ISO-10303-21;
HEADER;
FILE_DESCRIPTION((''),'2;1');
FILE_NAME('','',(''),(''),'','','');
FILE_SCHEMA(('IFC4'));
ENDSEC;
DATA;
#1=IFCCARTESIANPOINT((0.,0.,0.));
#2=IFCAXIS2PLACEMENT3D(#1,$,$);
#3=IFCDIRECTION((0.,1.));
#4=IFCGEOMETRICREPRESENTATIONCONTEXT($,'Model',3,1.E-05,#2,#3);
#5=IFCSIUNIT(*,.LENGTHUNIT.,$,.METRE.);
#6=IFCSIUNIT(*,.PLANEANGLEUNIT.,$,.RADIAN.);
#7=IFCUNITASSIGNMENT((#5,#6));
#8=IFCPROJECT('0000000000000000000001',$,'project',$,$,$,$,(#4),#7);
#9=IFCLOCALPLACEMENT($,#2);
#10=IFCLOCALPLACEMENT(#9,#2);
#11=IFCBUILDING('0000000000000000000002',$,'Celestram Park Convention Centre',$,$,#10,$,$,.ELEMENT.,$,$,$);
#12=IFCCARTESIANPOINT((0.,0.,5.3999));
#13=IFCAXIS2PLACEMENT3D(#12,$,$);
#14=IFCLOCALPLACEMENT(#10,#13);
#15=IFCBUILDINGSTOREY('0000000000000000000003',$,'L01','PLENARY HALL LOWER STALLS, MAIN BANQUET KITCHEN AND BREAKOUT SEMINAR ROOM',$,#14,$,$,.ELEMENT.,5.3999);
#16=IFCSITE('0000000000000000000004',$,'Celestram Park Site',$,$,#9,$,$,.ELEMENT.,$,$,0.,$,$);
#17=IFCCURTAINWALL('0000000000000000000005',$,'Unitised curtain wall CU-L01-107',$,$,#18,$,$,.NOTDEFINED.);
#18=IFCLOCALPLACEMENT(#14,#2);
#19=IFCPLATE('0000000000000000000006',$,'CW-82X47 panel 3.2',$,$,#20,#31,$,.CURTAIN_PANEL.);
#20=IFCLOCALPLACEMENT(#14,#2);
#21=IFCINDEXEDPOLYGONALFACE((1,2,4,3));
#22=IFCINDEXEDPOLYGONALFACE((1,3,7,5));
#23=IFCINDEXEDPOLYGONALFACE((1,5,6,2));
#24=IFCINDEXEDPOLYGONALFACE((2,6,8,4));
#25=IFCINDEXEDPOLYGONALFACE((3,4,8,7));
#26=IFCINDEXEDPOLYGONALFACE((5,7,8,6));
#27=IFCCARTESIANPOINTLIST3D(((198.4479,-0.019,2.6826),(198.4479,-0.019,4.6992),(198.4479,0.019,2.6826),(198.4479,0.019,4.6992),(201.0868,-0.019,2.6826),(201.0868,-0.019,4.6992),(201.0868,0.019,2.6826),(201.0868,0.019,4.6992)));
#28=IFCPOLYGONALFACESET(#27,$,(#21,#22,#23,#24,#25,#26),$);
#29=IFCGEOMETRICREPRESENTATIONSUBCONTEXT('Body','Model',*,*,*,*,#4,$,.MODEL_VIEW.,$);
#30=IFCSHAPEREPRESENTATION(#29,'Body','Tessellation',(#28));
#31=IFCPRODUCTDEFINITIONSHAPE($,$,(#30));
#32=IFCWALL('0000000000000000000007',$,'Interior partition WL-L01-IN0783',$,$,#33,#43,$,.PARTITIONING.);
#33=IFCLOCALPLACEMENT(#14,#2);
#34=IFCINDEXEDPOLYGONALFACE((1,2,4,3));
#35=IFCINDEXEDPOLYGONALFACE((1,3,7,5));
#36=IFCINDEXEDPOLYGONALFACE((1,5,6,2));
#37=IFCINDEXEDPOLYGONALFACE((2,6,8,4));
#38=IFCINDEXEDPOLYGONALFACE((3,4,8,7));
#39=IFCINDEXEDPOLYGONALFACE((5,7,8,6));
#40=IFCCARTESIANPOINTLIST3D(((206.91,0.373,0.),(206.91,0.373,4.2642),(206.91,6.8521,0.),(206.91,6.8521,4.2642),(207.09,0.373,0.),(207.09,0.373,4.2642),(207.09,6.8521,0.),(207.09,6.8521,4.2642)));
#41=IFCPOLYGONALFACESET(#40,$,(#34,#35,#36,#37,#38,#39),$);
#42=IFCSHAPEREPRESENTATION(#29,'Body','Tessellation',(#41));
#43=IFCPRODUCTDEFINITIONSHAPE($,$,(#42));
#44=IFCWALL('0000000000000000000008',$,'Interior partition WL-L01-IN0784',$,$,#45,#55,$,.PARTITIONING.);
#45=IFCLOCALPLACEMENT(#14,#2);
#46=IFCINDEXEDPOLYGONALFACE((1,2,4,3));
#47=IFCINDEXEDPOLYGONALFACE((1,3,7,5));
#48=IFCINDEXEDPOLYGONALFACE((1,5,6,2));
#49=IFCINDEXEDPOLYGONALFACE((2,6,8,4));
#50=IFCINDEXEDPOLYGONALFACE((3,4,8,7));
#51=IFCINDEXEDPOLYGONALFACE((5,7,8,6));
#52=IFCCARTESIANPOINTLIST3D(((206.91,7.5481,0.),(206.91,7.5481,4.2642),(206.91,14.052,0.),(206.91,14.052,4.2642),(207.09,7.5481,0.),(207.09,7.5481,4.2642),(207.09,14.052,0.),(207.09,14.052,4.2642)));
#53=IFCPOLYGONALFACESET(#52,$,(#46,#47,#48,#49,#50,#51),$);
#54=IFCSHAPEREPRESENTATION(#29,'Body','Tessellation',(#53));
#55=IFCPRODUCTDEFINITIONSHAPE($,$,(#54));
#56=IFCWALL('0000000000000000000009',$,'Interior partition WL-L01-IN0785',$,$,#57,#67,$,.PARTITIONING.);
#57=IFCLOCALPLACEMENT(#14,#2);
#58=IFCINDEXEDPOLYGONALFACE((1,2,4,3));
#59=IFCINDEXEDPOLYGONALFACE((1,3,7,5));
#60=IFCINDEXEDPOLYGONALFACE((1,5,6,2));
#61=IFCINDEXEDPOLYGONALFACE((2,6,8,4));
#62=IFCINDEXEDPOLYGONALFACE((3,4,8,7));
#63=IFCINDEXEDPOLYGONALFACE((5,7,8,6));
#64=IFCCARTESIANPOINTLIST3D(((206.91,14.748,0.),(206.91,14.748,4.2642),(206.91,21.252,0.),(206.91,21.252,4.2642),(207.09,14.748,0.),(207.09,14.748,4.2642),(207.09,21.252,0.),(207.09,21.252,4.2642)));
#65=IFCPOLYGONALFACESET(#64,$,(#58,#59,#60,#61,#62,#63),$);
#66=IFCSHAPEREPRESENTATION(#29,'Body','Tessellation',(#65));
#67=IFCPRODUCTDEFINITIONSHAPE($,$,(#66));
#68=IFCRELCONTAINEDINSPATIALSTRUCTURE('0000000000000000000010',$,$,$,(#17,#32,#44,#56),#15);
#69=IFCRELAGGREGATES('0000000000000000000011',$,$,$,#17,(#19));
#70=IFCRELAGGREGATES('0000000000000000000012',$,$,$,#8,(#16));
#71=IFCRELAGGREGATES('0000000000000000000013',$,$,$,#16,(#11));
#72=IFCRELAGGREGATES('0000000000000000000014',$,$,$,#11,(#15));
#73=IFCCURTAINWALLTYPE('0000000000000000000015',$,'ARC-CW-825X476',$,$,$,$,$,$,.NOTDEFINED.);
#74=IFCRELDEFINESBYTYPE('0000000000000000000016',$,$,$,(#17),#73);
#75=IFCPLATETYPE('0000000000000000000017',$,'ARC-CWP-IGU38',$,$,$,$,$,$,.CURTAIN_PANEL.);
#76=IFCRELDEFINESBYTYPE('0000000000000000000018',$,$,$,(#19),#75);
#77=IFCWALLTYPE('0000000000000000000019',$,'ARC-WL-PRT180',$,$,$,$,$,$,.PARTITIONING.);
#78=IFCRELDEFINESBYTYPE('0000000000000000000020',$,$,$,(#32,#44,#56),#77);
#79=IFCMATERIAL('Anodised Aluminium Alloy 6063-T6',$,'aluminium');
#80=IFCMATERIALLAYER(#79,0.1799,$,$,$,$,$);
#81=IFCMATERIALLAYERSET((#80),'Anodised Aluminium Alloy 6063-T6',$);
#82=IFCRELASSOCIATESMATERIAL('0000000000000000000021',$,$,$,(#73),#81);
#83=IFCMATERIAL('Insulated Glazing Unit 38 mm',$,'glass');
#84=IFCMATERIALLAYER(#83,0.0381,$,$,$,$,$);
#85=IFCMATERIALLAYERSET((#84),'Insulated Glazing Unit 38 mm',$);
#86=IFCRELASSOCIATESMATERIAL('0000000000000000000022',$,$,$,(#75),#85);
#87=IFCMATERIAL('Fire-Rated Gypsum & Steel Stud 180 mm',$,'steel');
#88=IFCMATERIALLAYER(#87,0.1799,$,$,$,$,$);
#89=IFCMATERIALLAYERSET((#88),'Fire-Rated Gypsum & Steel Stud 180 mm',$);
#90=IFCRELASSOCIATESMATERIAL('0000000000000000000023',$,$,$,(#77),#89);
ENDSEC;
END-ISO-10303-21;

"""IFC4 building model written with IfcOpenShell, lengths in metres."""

from ifc_helpers import new_model, si_unit, direction, frame, frame_2d, origin, origin_2d, place, context, subcontext, project, spatial, rectangle, extrude, material, layer, layer_set, type_object, element, aggregate, save


model = new_model("IFC4")

# Units and contexts
model_context = context("Model", 3, precision=1e-05, world=origin(), true_north=direction((0.0, 1.0)))
body_context = subcontext(model_context, "Body", "Model", "MODEL_VIEW")
ifc_project = project(units=[si_unit("LENGTHUNIT", "METRE"), si_unit("PLANEANGLEUNIT", "RADIAN")], contexts=[model_context])

# Site, building, storey
site_placement = place(None, origin())
site = spatial("IfcSite", under=ifc_project, at=site_placement, Name="Celestram Park Site", CompositionType="ELEMENT", RefElevation=0.0)
building_placement = place(site_placement, origin())
building = spatial("IfcBuilding", under=site, at=building_placement, Name="Celestram Park Convention Centre", CompositionType="ELEMENT")
storey_placement = place(building_placement, frame((0.0, 0.0, 5.3999)))
storey = spatial("IfcBuildingStorey", under=building, at=storey_placement, Name="L01", Description="PLENARY HALL LOWER STALLS, MAIN BANQUET KITCHEN AND BREAKOUT SEMINAR ROOM", CompositionType="ELEMENT", Elevation=5.3999)

# Shared definitions
ifc_material_1 = material(Name="Anodised Aluminium Alloy 6063-T6", Category="aluminium")
ifc_layer_1 = layer(ifc_material_1, 0.1799)
ifc_layer_set_1 = layer_set([ifc_layer_1], Name="Anodised Aluminium Alloy 6063-T6")
curtain_wall_type = type_object("IfcCurtainWallType", Name="ARC-CW-825X476", PredefinedType="NOTDEFINED", material=ifc_layer_set_1)

# Curtain wall
curtain_wall_1_placement = place(storey_placement, origin())
curtain_wall_1 = element("IfcCurtainWall", 1, at=curtain_wall_1_placement, inside=storey, type_object=curtain_wall_type, Name="Unitised curtain wall CU-L01-107", PredefinedType="NOTDEFINED")

# Plate
ifc_material_2 = material(Name="Insulated Glazing Unit 38 mm", Category="glass")
ifc_layer_2 = layer(ifc_material_2, 0.0381)
ifc_layer_set_2 = layer_set([ifc_layer_2], Name="Insulated Glazing Unit 38 mm")
plate_type = type_object("IfcPlateType", Name="ARC-CWP-IGU38", PredefinedType="CURTAIN_PANEL", material=ifc_layer_set_2)
plate_1_placement = place(storey_placement, frame((199.7673, 0.0, 2.6826), z_axis=(0.0, 0.0, 1.0), x_axis=(-1.0, 0.0, 0.0)))
plate_1 = element("IfcPlate", 2, at=plate_1_placement, type_object=plate_type, Name="CW-82X47 panel 3.2", PredefinedType="CURTAIN_PANEL", context=body_context, shape_type="SweptSolid", body=[
    extrude(rectangle(XDim=2.6389, YDim=0.0381, at=origin_2d()), origin(), (0.0, 0.0, 1.0), 2.0166),
])
aggregate(curtain_wall_1, [plate_1])

# Walls
ifc_material_3 = material(Name="Fire-Rated Gypsum & Steel Stud 180 mm", Category="steel")
ifc_layer_3 = layer(ifc_material_3, 0.1799)
ifc_layer_set_3 = layer_set([ifc_layer_3], Name="Fire-Rated Gypsum & Steel Stud 180 mm")
wall_type = type_object("IfcWallType", Name="ARC-WL-PRT180", PredefinedType="PARTITIONING", material=ifc_layer_set_3)
wall_placement = place(storey_placement, frame((207.0, 0.373, 0.0), z_axis=(0.0, 0.0, 1.0), x_axis=(0.0, 1.0, 0.0)))
element("IfcWall", 3, at=wall_placement, inside=storey, type_object=wall_type, Name="Interior partition WL-L01-IN0783", PredefinedType="PARTITIONING", context=body_context, shape_type="SweptSolid", body=[
    extrude(rectangle(XDim=6.479, YDim=0.1799, at=frame_2d((3.2395, 0.0))), origin(), (0.0, 0.0, 1.0), 4.2642),
])
for number, where, z_axis, x_axis, name in (
    (4, (207.0, 7.5481, 0.0), (0.0, 0.0, 1.0), (0.0, 1.0, 0.0), "Interior partition WL-L01-IN0784"),
    (5, (207.0, 14.748, 0.0), (0.0, 0.0, 1.0), (0.0, 1.0, 0.0), "Interior partition WL-L01-IN0785"),
):
    element("IfcWall", number, at=place(storey_placement, frame(where, z_axis=z_axis, x_axis=x_axis)), inside=storey, type_object=wall_type, Name=name, PredefinedType="PARTITIONING", context=body_context, shape_type="SweptSolid", body=[
        extrude(rectangle(XDim=6.5039, YDim=0.1799, at=frame_2d((3.252, 0.0))), origin(), (0.0, 0.0, 1.0), 4.2642),
    ])

save(model, "model.ifc")
